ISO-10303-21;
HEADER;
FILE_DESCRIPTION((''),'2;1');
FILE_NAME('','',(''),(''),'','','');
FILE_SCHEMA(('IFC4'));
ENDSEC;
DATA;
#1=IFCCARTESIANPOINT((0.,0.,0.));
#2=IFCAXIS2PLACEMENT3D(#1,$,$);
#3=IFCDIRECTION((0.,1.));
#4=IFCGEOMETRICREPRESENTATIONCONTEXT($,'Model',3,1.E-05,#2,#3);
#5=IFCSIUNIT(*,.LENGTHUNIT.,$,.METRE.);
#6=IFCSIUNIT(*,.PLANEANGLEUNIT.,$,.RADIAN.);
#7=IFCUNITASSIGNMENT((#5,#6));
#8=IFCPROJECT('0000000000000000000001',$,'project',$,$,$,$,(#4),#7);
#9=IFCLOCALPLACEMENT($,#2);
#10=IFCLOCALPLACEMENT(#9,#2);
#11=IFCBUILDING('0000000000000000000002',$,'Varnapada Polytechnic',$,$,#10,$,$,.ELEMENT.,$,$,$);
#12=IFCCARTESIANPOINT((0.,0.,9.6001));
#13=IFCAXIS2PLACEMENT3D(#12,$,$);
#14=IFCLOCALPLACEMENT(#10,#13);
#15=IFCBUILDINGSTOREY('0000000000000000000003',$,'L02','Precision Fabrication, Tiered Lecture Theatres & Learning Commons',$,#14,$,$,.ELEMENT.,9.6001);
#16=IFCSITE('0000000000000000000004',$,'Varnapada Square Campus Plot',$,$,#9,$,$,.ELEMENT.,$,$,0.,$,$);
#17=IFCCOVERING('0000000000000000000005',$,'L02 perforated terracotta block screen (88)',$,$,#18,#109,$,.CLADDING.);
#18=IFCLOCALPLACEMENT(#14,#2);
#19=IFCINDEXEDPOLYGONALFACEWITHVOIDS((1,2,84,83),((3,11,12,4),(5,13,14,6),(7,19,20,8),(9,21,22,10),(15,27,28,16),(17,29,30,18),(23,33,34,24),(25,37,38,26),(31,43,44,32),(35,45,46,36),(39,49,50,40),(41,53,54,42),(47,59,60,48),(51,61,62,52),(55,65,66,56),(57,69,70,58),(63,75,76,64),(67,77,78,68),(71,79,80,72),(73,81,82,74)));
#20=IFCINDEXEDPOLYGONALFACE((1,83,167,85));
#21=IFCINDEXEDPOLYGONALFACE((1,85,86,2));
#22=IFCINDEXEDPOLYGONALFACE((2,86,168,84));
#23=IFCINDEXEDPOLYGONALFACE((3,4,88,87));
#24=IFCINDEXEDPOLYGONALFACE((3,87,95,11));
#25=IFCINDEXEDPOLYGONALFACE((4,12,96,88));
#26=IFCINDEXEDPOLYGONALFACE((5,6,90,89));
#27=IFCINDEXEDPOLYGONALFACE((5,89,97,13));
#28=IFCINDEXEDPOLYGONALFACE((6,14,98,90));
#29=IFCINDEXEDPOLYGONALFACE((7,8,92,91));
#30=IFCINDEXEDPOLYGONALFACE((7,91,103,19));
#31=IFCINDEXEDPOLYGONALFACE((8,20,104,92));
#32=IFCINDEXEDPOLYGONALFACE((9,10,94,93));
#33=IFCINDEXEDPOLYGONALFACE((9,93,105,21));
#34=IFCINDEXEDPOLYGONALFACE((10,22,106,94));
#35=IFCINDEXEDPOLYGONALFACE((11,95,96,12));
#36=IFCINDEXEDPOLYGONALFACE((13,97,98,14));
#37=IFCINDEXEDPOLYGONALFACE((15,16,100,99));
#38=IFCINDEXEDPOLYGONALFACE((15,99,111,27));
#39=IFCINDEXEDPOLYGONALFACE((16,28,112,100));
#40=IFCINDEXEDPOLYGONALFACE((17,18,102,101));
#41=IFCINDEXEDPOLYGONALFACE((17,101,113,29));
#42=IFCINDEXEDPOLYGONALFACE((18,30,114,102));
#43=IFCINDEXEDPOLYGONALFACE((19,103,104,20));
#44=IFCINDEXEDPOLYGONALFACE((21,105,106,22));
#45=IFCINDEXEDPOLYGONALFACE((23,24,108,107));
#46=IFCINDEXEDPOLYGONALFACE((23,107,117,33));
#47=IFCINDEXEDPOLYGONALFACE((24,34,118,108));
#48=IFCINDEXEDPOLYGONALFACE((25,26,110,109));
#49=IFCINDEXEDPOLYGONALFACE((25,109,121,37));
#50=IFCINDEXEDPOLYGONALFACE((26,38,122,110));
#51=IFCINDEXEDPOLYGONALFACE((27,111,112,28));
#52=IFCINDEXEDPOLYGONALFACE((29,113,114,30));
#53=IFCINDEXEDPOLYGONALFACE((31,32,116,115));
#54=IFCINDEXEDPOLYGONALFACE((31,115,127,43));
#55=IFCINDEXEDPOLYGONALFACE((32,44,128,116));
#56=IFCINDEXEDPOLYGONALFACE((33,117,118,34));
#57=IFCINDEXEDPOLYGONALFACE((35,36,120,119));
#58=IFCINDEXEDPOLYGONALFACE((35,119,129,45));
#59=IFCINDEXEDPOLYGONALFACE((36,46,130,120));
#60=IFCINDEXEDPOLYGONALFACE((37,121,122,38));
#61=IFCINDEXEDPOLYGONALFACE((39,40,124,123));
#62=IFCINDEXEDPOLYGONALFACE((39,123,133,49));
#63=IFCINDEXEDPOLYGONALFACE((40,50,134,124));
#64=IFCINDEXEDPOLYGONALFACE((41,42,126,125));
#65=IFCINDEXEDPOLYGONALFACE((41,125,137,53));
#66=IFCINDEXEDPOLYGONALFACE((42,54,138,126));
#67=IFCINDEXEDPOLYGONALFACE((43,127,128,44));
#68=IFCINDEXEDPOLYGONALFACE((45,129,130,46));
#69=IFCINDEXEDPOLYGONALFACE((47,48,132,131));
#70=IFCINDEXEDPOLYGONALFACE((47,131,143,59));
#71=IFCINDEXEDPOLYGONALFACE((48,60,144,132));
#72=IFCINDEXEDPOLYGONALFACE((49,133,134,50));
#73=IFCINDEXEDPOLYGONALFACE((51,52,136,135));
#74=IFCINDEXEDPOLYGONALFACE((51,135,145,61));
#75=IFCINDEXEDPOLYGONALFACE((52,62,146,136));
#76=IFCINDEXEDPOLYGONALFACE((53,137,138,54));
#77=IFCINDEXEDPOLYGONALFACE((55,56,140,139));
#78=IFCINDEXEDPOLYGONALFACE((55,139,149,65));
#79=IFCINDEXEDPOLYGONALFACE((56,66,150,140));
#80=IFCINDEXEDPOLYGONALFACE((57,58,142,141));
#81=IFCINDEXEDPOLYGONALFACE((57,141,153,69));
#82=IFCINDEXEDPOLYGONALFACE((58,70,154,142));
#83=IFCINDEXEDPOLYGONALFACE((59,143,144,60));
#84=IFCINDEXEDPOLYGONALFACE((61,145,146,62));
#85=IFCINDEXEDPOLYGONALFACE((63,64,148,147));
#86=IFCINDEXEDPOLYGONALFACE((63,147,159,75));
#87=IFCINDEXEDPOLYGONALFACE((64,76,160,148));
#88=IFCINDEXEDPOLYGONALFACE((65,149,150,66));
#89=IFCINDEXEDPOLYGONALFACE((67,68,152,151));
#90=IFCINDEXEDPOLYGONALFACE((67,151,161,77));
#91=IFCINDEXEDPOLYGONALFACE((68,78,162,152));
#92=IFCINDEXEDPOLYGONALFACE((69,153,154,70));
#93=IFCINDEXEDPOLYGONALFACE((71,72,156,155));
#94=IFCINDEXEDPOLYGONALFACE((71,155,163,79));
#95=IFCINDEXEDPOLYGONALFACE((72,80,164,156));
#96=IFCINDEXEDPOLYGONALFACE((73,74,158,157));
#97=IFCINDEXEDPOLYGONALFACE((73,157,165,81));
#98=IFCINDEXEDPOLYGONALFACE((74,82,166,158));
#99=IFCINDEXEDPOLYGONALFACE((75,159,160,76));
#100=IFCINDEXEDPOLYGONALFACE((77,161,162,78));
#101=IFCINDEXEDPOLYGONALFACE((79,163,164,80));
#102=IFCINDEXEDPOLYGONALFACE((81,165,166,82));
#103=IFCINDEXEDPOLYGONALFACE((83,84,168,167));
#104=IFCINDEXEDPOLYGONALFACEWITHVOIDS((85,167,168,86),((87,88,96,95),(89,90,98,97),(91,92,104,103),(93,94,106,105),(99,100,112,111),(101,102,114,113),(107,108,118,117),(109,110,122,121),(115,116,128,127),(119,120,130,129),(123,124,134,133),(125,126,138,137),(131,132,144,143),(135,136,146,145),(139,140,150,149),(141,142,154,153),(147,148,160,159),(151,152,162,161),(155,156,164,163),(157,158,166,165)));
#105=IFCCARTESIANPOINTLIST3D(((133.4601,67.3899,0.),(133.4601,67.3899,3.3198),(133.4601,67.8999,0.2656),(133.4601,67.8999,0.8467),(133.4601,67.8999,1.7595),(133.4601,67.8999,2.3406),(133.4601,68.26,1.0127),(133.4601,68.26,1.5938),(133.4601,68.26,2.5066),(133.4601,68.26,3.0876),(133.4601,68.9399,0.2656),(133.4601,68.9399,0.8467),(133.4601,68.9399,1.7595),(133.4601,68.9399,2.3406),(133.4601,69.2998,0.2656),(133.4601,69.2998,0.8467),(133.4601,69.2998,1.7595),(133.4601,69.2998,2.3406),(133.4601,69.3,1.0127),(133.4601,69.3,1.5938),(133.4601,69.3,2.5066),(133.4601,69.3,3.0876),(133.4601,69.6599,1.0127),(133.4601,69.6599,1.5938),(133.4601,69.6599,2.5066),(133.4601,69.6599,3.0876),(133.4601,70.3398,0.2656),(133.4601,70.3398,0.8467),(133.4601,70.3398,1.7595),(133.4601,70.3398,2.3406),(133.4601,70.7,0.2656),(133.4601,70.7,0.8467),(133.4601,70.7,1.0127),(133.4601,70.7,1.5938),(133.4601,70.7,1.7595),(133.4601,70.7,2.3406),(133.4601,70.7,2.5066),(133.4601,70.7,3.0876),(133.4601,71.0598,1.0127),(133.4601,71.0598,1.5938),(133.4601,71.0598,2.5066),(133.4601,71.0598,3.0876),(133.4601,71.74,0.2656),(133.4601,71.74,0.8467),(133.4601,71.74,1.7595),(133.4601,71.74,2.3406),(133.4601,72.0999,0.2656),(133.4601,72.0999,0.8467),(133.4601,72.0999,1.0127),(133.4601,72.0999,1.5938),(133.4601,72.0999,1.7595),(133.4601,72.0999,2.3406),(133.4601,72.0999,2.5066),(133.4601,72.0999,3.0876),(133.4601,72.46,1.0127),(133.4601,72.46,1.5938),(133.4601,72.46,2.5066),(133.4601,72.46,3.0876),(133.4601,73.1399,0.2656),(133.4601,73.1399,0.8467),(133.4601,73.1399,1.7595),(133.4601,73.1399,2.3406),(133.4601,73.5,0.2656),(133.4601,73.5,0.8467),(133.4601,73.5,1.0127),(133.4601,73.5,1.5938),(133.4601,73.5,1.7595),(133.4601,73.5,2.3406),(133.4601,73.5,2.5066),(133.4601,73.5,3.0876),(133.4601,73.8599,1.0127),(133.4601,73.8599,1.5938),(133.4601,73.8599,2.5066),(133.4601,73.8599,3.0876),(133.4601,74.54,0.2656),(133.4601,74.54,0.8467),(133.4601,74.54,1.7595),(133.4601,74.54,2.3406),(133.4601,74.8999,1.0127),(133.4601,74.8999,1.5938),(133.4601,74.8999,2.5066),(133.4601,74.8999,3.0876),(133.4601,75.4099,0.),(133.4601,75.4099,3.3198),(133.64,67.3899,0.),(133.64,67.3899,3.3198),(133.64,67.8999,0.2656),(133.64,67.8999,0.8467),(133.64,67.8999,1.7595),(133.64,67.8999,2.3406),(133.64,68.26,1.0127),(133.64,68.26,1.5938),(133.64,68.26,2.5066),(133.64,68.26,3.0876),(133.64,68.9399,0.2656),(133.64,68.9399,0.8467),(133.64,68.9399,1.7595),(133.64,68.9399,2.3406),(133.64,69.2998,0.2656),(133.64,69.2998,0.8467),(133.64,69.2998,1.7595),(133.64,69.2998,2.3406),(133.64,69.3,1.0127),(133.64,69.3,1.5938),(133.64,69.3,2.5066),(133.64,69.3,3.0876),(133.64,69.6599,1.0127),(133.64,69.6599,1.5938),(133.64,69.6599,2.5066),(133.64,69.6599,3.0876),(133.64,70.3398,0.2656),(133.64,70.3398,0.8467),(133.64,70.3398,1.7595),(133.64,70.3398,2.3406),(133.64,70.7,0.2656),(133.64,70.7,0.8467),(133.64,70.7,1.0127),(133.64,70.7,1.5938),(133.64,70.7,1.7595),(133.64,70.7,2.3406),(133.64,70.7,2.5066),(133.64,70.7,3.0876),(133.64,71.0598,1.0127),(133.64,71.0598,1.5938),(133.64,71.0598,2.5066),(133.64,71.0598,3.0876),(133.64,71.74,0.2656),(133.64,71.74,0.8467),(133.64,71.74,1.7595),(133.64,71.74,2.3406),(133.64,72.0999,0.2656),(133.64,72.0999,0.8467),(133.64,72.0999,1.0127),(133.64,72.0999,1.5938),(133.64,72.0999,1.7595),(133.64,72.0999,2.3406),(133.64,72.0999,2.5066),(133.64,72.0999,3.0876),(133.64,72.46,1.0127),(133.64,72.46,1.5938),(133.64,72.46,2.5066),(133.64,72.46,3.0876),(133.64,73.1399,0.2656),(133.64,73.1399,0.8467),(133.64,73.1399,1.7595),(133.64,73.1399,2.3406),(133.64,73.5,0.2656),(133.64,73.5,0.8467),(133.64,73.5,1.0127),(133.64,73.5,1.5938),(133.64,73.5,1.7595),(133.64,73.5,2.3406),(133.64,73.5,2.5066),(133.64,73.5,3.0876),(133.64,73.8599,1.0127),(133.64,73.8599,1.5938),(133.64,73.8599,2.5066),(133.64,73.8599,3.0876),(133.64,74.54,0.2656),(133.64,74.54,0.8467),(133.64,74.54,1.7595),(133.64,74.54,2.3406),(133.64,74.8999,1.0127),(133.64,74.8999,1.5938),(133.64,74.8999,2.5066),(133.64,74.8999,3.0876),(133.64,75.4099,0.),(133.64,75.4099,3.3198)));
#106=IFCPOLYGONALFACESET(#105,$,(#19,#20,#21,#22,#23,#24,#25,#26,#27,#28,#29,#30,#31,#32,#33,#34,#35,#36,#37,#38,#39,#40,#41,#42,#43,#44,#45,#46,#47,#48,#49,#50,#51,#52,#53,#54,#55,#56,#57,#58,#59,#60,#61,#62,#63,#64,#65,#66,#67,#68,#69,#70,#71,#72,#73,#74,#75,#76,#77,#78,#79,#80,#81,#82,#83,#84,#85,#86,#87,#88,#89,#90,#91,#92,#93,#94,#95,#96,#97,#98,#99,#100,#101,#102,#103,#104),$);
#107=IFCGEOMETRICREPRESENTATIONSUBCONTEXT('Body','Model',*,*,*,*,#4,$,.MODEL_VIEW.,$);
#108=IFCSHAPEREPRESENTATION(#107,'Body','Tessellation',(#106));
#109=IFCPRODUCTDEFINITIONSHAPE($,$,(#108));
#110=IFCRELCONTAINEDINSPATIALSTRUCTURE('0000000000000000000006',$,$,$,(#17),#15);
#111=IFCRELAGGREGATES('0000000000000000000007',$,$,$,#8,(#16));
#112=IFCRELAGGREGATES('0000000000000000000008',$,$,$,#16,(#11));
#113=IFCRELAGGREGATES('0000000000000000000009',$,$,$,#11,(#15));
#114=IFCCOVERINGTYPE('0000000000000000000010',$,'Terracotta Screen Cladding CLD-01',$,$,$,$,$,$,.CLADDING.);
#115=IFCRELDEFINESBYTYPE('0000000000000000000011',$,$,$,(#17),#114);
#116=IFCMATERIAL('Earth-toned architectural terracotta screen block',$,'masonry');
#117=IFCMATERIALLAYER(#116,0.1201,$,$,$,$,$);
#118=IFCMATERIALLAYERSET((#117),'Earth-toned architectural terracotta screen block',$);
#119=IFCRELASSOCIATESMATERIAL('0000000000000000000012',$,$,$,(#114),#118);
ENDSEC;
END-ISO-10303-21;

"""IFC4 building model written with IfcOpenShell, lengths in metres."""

from ifc_helpers import new_model, si_unit, direction, frame, frame_2d, origin, place, context, subcontext, project, spatial, rectangle, extrude, material, layer, layer_set, type_object, element, save


model = new_model("IFC4")

# Units and contexts
model_context = context("Model", 3, precision=1e-05, world=origin(), true_north=direction((0.0, 1.0)))
body_context = subcontext(model_context, "Body", "Model", "MODEL_VIEW")
ifc_project = project(units=[si_unit("LENGTHUNIT", "METRE"), si_unit("PLANEANGLEUNIT", "RADIAN")], contexts=[model_context])

# Site, building, storey
site_placement = place(None, origin())
site = spatial("IfcSite", under=ifc_project, at=site_placement, Name="Varnapada Square Campus Plot", CompositionType="ELEMENT", RefElevation=0.0)
building_placement = place(site_placement, origin())
building = spatial("IfcBuilding", under=site, at=building_placement, Name="Varnapada Polytechnic", CompositionType="ELEMENT")
storey_placement = place(building_placement, frame((0.0, 0.0, 9.6001)))
storey = spatial("IfcBuildingStorey", under=building, at=storey_placement, Name="L02", Description="Precision Fabrication, Tiered Lecture Theatres & Learning Commons", CompositionType="ELEMENT", Elevation=9.6001)

# Covering, openings
ifc_material = material(Name="Earth-toned architectural terracotta screen block", Category="masonry")
ifc_layer = layer(ifc_material, 0.1201)
ifc_layer_set = layer_set([ifc_layer], Name="Earth-toned architectural terracotta screen block")
covering_type = type_object("IfcCoveringType", Name="Terracotta Screen Cladding CLD-01", PredefinedType="CLADDING", material=ifc_layer_set)
covering_placement = place(storey_placement, frame((133.55, 67.3899, 0.0), z_axis=(0.0, 0.0, 1.0), x_axis=(0.0, 1.0, 0.0)))
covering = element("IfcCovering", 1, at=covering_placement, inside=storey, type_object=covering_type, Name="L02 perforated terracotta block screen (88)", PredefinedType="CLADDING", context=body_context, shape_type="SweptSolid", body=[
    extrude(rectangle(XDim=8.02, YDim=0.1799, at=frame_2d((4.01, 0.0))), origin(), (0.0, 0.0, 1.0), 3.3198),
])
opening_1_placement = place(covering_placement, frame((0.51, 0.0, 0.2656)))
element("IfcOpeningElement", 2, at=opening_1_placement, cuts=covering, PredefinedType="OPENING", context=body_context, shape_type="SweptSolid", body=[
    extrude(rectangle(XDim=1.04, YDim=0.5811, at=frame_2d((0.52, 0.2905))), frame((0.0, 0.0999, 0.0), z_axis=(0.0, -1.0, 0.0), x_axis=(1.0, 0.0, 0.0)), (0.0, 0.0, 1.0), 0.2),
])
opening_2_placement = place(covering_placement, frame((1.9099, 0.0, 0.2656)))
element("IfcOpeningElement", 3, at=opening_2_placement, cuts=covering, PredefinedType="OPENING", context=body_context, shape_type="SweptSolid", body=[
    extrude(rectangle(XDim=1.04, YDim=0.5811, at=frame_2d((0.52, 0.2905))), frame((0.0, 0.0999, 0.0), z_axis=(0.0, -1.0, 0.0), x_axis=(1.0, 0.0, 0.0)), (0.0, 0.0, 1.0), 0.2),
])
opening_3_placement = place(covering_placement, frame((3.3101, 0.0, 0.2656)))
element("IfcOpeningElement", 4, at=opening_3_placement, cuts=covering, PredefinedType="OPENING", context=body_context, shape_type="SweptSolid", body=[
    extrude(rectangle(XDim=1.04, YDim=0.5811, at=frame_2d((0.52, 0.2905))), frame((0.0, 0.0999, 0.0), z_axis=(0.0, -1.0, 0.0), x_axis=(1.0, 0.0, 0.0)), (0.0, 0.0, 1.0), 0.2),
])
opening_4_placement = place(covering_placement, frame((4.71, 0.0, 0.2656)))
element("IfcOpeningElement", 5, at=opening_4_placement, cuts=covering, PredefinedType="OPENING", context=body_context, shape_type="SweptSolid", body=[
    extrude(rectangle(XDim=1.04, YDim=0.5811, at=frame_2d((0.52, 0.2905))), frame((0.0, 0.0999, 0.0), z_axis=(0.0, -1.0, 0.0), x_axis=(1.0, 0.0, 0.0)), (0.0, 0.0, 1.0), 0.2),
])
opening_5_placement = place(covering_placement, frame((6.1101, 0.0, 0.2656)))
element("IfcOpeningElement", 6, at=opening_5_placement, cuts=covering, PredefinedType="OPENING", context=body_context, shape_type="SweptSolid", body=[
    extrude(rectangle(XDim=1.04, YDim=0.5811, at=frame_2d((0.52, 0.2905))), frame((0.0, 0.0999, 0.0), z_axis=(0.0, -1.0, 0.0), x_axis=(1.0, 0.0, 0.0)), (0.0, 0.0, 1.0), 0.2),
])
opening_6_placement = place(covering_placement, frame((0.8701, 0.0, 1.0127)))
element("IfcOpeningElement", 7, at=opening_6_placement, cuts=covering, PredefinedType="OPENING", context=body_context, shape_type="SweptSolid", body=[
    extrude(rectangle(XDim=1.04, YDim=0.5811, at=frame_2d((0.52, 0.2905))), frame((0.0, 0.0999, 0.0), z_axis=(0.0, -1.0, 0.0), x_axis=(1.0, 0.0, 0.0)), (0.0, 0.0, 1.0), 0.2),
])
opening_7_placement = place(covering_placement, frame((2.27, 0.0, 1.0127)))
element("IfcOpeningElement", 8, at=opening_7_placement, cuts=covering, PredefinedType="OPENING", context=body_context, shape_type="SweptSolid", body=[
    extrude(rectangle(XDim=1.04, YDim=0.5811, at=frame_2d((0.52, 0.2905))), frame((0.0, 0.0999, 0.0), z_axis=(0.0, -1.0, 0.0), x_axis=(1.0, 0.0, 0.0)), (0.0, 0.0, 1.0), 0.2),
])
opening_8_placement = place(covering_placement, frame((3.6699, 0.0, 1.0127)))
element("IfcOpeningElement", 9, at=opening_8_placement, cuts=covering, PredefinedType="OPENING", context=body_context, shape_type="SweptSolid", body=[
    extrude(rectangle(XDim=1.04, YDim=0.5811, at=frame_2d((0.52, 0.2905))), frame((0.0, 0.0999, 0.0), z_axis=(0.0, -1.0, 0.0), x_axis=(1.0, 0.0, 0.0)), (0.0, 0.0, 1.0), 0.2),
])
opening_9_placement = place(covering_placement, frame((5.0701, 0.0, 1.0127)))
element("IfcOpeningElement", 10, at=opening_9_placement, cuts=covering, PredefinedType="OPENING", context=body_context, shape_type="SweptSolid", body=[
    extrude(rectangle(XDim=1.04, YDim=0.5811, at=frame_2d((0.52, 0.2905))), frame((0.0, 0.0999, 0.0), z_axis=(0.0, -1.0, 0.0), x_axis=(1.0, 0.0, 0.0)), (0.0, 0.0, 1.0), 0.2),
])
opening_10_placement = place(covering_placement, frame((6.47, 0.0, 1.0127)))
element("IfcOpeningElement", 11, at=opening_10_placement, cuts=covering, PredefinedType="OPENING", context=body_context, shape_type="SweptSolid", body=[
    extrude(rectangle(XDim=1.04, YDim=0.5811, at=frame_2d((0.52, 0.2905))), frame((0.0, 0.0999, 0.0), z_axis=(0.0, -1.0, 0.0), x_axis=(1.0, 0.0, 0.0)), (0.0, 0.0, 1.0), 0.2),
])
opening_11_placement = place(covering_placement, frame((0.51, 0.0, 1.7595)))
element("IfcOpeningElement", 12, at=opening_11_placement, cuts=covering, PredefinedType="OPENING", context=body_context, shape_type="SweptSolid", body=[
    extrude(rectangle(XDim=1.04, YDim=0.5811, at=frame_2d((0.52, 0.2905))), frame((0.0, 0.0999, 0.0), z_axis=(0.0, -1.0, 0.0), x_axis=(1.0, 0.0, 0.0)), (0.0, 0.0, 1.0), 0.2),
])
opening_12_placement = place(covering_placement, frame((1.9099, 0.0, 1.7595)))
element("IfcOpeningElement", 13, at=opening_12_placement, cuts=covering, PredefinedType="OPENING", context=body_context, shape_type="SweptSolid", body=[
    extrude(rectangle(XDim=1.04, YDim=0.5811, at=frame_2d((0.52, 0.2905))), frame((0.0, 0.0999, 0.0), z_axis=(0.0, -1.0, 0.0), x_axis=(1.0, 0.0, 0.0)), (0.0, 0.0, 1.0), 0.2),
])
opening_13_placement = place(covering_placement, frame((3.3101, 0.0, 1.7595)))
element("IfcOpeningElement", 14, at=opening_13_placement, cuts=covering, PredefinedType="OPENING", context=body_context, shape_type="SweptSolid", body=[
    extrude(rectangle(XDim=1.04, YDim=0.5811, at=frame_2d((0.52, 0.2905))), frame((0.0, 0.0999, 0.0), z_axis=(0.0, -1.0, 0.0), x_axis=(1.0, 0.0, 0.0)), (0.0, 0.0, 1.0), 0.2),
])
opening_14_placement = place(covering_placement, frame((4.71, 0.0, 1.7595)))
element("IfcOpeningElement", 15, at=opening_14_placement, cuts=covering, PredefinedType="OPENING", context=body_context, shape_type="SweptSolid", body=[
    extrude(rectangle(XDim=1.04, YDim=0.5811, at=frame_2d((0.52, 0.2905))), frame((0.0, 0.0999, 0.0), z_axis=(0.0, -1.0, 0.0), x_axis=(1.0, 0.0, 0.0)), (0.0, 0.0, 1.0), 0.2),
])
opening_15_placement = place(covering_placement, frame((6.1101, 0.0, 1.7595)))
element("IfcOpeningElement", 16, at=opening_15_placement, cuts=covering, PredefinedType="OPENING", context=body_context, shape_type="SweptSolid", body=[
    extrude(rectangle(XDim=1.04, YDim=0.5811, at=frame_2d((0.52, 0.2905))), frame((0.0, 0.0999, 0.0), z_axis=(0.0, -1.0, 0.0), x_axis=(1.0, 0.0, 0.0)), (0.0, 0.0, 1.0), 0.2),
])
opening_16_placement = place(covering_placement, frame((0.8701, 0.0, 2.5066)))
element("IfcOpeningElement", 17, at=opening_16_placement, cuts=covering, PredefinedType="OPENING", context=body_context, shape_type="SweptSolid", body=[
    extrude(rectangle(XDim=1.04, YDim=0.5811, at=frame_2d((0.52, 0.2905))), frame((0.0, 0.0999, 0.0), z_axis=(0.0, -1.0, 0.0), x_axis=(1.0, 0.0, 0.0)), (0.0, 0.0, 1.0), 0.2),
])
opening_17_placement = place(covering_placement, frame((2.27, 0.0, 2.5066)))
element("IfcOpeningElement", 18, at=opening_17_placement, cuts=covering, PredefinedType="OPENING", context=body_context, shape_type="SweptSolid", body=[
    extrude(rectangle(XDim=1.04, YDim=0.5811, at=frame_2d((0.52, 0.2905))), frame((0.0, 0.0999, 0.0), z_axis=(0.0, -1.0, 0.0), x_axis=(1.0, 0.0, 0.0)), (0.0, 0.0, 1.0), 0.2),
])
opening_18_placement = place(covering_placement, frame((3.6699, 0.0, 2.5066)))
element("IfcOpeningElement", 19, at=opening_18_placement, cuts=covering, PredefinedType="OPENING", context=body_context, shape_type="SweptSolid", body=[
    extrude(rectangle(XDim=1.04, YDim=0.5811, at=frame_2d((0.52, 0.2905))), frame((0.0, 0.0999, 0.0), z_axis=(0.0, -1.0, 0.0), x_axis=(1.0, 0.0, 0.0)), (0.0, 0.0, 1.0), 0.2),
])
opening_19_placement = place(covering_placement, frame((5.0701, 0.0, 2.5066)))
element("IfcOpeningElement", 20, at=opening_19_placement, cuts=covering, PredefinedType="OPENING", context=body_context, shape_type="SweptSolid", body=[
    extrude(rectangle(XDim=1.04, YDim=0.5811, at=frame_2d((0.52, 0.2905))), frame((0.0, 0.0999, 0.0), z_axis=(0.0, -1.0, 0.0), x_axis=(1.0, 0.0, 0.0)), (0.0, 0.0, 1.0), 0.2),
])
opening_20_placement = place(covering_placement, frame((6.47, 0.0, 2.5066)))
element("IfcOpeningElement", 21, at=opening_20_placement, cuts=covering, PredefinedType="OPENING", context=body_context, shape_type="SweptSolid", body=[
    extrude(rectangle(XDim=1.04, YDim=0.5811, at=frame_2d((0.52, 0.2905))), frame((0.0, 0.0999, 0.0), z_axis=(0.0, -1.0, 0.0), x_axis=(1.0, 0.0, 0.0)), (0.0, 0.0, 1.0), 0.2),
])

save(model, "model.ifc")
